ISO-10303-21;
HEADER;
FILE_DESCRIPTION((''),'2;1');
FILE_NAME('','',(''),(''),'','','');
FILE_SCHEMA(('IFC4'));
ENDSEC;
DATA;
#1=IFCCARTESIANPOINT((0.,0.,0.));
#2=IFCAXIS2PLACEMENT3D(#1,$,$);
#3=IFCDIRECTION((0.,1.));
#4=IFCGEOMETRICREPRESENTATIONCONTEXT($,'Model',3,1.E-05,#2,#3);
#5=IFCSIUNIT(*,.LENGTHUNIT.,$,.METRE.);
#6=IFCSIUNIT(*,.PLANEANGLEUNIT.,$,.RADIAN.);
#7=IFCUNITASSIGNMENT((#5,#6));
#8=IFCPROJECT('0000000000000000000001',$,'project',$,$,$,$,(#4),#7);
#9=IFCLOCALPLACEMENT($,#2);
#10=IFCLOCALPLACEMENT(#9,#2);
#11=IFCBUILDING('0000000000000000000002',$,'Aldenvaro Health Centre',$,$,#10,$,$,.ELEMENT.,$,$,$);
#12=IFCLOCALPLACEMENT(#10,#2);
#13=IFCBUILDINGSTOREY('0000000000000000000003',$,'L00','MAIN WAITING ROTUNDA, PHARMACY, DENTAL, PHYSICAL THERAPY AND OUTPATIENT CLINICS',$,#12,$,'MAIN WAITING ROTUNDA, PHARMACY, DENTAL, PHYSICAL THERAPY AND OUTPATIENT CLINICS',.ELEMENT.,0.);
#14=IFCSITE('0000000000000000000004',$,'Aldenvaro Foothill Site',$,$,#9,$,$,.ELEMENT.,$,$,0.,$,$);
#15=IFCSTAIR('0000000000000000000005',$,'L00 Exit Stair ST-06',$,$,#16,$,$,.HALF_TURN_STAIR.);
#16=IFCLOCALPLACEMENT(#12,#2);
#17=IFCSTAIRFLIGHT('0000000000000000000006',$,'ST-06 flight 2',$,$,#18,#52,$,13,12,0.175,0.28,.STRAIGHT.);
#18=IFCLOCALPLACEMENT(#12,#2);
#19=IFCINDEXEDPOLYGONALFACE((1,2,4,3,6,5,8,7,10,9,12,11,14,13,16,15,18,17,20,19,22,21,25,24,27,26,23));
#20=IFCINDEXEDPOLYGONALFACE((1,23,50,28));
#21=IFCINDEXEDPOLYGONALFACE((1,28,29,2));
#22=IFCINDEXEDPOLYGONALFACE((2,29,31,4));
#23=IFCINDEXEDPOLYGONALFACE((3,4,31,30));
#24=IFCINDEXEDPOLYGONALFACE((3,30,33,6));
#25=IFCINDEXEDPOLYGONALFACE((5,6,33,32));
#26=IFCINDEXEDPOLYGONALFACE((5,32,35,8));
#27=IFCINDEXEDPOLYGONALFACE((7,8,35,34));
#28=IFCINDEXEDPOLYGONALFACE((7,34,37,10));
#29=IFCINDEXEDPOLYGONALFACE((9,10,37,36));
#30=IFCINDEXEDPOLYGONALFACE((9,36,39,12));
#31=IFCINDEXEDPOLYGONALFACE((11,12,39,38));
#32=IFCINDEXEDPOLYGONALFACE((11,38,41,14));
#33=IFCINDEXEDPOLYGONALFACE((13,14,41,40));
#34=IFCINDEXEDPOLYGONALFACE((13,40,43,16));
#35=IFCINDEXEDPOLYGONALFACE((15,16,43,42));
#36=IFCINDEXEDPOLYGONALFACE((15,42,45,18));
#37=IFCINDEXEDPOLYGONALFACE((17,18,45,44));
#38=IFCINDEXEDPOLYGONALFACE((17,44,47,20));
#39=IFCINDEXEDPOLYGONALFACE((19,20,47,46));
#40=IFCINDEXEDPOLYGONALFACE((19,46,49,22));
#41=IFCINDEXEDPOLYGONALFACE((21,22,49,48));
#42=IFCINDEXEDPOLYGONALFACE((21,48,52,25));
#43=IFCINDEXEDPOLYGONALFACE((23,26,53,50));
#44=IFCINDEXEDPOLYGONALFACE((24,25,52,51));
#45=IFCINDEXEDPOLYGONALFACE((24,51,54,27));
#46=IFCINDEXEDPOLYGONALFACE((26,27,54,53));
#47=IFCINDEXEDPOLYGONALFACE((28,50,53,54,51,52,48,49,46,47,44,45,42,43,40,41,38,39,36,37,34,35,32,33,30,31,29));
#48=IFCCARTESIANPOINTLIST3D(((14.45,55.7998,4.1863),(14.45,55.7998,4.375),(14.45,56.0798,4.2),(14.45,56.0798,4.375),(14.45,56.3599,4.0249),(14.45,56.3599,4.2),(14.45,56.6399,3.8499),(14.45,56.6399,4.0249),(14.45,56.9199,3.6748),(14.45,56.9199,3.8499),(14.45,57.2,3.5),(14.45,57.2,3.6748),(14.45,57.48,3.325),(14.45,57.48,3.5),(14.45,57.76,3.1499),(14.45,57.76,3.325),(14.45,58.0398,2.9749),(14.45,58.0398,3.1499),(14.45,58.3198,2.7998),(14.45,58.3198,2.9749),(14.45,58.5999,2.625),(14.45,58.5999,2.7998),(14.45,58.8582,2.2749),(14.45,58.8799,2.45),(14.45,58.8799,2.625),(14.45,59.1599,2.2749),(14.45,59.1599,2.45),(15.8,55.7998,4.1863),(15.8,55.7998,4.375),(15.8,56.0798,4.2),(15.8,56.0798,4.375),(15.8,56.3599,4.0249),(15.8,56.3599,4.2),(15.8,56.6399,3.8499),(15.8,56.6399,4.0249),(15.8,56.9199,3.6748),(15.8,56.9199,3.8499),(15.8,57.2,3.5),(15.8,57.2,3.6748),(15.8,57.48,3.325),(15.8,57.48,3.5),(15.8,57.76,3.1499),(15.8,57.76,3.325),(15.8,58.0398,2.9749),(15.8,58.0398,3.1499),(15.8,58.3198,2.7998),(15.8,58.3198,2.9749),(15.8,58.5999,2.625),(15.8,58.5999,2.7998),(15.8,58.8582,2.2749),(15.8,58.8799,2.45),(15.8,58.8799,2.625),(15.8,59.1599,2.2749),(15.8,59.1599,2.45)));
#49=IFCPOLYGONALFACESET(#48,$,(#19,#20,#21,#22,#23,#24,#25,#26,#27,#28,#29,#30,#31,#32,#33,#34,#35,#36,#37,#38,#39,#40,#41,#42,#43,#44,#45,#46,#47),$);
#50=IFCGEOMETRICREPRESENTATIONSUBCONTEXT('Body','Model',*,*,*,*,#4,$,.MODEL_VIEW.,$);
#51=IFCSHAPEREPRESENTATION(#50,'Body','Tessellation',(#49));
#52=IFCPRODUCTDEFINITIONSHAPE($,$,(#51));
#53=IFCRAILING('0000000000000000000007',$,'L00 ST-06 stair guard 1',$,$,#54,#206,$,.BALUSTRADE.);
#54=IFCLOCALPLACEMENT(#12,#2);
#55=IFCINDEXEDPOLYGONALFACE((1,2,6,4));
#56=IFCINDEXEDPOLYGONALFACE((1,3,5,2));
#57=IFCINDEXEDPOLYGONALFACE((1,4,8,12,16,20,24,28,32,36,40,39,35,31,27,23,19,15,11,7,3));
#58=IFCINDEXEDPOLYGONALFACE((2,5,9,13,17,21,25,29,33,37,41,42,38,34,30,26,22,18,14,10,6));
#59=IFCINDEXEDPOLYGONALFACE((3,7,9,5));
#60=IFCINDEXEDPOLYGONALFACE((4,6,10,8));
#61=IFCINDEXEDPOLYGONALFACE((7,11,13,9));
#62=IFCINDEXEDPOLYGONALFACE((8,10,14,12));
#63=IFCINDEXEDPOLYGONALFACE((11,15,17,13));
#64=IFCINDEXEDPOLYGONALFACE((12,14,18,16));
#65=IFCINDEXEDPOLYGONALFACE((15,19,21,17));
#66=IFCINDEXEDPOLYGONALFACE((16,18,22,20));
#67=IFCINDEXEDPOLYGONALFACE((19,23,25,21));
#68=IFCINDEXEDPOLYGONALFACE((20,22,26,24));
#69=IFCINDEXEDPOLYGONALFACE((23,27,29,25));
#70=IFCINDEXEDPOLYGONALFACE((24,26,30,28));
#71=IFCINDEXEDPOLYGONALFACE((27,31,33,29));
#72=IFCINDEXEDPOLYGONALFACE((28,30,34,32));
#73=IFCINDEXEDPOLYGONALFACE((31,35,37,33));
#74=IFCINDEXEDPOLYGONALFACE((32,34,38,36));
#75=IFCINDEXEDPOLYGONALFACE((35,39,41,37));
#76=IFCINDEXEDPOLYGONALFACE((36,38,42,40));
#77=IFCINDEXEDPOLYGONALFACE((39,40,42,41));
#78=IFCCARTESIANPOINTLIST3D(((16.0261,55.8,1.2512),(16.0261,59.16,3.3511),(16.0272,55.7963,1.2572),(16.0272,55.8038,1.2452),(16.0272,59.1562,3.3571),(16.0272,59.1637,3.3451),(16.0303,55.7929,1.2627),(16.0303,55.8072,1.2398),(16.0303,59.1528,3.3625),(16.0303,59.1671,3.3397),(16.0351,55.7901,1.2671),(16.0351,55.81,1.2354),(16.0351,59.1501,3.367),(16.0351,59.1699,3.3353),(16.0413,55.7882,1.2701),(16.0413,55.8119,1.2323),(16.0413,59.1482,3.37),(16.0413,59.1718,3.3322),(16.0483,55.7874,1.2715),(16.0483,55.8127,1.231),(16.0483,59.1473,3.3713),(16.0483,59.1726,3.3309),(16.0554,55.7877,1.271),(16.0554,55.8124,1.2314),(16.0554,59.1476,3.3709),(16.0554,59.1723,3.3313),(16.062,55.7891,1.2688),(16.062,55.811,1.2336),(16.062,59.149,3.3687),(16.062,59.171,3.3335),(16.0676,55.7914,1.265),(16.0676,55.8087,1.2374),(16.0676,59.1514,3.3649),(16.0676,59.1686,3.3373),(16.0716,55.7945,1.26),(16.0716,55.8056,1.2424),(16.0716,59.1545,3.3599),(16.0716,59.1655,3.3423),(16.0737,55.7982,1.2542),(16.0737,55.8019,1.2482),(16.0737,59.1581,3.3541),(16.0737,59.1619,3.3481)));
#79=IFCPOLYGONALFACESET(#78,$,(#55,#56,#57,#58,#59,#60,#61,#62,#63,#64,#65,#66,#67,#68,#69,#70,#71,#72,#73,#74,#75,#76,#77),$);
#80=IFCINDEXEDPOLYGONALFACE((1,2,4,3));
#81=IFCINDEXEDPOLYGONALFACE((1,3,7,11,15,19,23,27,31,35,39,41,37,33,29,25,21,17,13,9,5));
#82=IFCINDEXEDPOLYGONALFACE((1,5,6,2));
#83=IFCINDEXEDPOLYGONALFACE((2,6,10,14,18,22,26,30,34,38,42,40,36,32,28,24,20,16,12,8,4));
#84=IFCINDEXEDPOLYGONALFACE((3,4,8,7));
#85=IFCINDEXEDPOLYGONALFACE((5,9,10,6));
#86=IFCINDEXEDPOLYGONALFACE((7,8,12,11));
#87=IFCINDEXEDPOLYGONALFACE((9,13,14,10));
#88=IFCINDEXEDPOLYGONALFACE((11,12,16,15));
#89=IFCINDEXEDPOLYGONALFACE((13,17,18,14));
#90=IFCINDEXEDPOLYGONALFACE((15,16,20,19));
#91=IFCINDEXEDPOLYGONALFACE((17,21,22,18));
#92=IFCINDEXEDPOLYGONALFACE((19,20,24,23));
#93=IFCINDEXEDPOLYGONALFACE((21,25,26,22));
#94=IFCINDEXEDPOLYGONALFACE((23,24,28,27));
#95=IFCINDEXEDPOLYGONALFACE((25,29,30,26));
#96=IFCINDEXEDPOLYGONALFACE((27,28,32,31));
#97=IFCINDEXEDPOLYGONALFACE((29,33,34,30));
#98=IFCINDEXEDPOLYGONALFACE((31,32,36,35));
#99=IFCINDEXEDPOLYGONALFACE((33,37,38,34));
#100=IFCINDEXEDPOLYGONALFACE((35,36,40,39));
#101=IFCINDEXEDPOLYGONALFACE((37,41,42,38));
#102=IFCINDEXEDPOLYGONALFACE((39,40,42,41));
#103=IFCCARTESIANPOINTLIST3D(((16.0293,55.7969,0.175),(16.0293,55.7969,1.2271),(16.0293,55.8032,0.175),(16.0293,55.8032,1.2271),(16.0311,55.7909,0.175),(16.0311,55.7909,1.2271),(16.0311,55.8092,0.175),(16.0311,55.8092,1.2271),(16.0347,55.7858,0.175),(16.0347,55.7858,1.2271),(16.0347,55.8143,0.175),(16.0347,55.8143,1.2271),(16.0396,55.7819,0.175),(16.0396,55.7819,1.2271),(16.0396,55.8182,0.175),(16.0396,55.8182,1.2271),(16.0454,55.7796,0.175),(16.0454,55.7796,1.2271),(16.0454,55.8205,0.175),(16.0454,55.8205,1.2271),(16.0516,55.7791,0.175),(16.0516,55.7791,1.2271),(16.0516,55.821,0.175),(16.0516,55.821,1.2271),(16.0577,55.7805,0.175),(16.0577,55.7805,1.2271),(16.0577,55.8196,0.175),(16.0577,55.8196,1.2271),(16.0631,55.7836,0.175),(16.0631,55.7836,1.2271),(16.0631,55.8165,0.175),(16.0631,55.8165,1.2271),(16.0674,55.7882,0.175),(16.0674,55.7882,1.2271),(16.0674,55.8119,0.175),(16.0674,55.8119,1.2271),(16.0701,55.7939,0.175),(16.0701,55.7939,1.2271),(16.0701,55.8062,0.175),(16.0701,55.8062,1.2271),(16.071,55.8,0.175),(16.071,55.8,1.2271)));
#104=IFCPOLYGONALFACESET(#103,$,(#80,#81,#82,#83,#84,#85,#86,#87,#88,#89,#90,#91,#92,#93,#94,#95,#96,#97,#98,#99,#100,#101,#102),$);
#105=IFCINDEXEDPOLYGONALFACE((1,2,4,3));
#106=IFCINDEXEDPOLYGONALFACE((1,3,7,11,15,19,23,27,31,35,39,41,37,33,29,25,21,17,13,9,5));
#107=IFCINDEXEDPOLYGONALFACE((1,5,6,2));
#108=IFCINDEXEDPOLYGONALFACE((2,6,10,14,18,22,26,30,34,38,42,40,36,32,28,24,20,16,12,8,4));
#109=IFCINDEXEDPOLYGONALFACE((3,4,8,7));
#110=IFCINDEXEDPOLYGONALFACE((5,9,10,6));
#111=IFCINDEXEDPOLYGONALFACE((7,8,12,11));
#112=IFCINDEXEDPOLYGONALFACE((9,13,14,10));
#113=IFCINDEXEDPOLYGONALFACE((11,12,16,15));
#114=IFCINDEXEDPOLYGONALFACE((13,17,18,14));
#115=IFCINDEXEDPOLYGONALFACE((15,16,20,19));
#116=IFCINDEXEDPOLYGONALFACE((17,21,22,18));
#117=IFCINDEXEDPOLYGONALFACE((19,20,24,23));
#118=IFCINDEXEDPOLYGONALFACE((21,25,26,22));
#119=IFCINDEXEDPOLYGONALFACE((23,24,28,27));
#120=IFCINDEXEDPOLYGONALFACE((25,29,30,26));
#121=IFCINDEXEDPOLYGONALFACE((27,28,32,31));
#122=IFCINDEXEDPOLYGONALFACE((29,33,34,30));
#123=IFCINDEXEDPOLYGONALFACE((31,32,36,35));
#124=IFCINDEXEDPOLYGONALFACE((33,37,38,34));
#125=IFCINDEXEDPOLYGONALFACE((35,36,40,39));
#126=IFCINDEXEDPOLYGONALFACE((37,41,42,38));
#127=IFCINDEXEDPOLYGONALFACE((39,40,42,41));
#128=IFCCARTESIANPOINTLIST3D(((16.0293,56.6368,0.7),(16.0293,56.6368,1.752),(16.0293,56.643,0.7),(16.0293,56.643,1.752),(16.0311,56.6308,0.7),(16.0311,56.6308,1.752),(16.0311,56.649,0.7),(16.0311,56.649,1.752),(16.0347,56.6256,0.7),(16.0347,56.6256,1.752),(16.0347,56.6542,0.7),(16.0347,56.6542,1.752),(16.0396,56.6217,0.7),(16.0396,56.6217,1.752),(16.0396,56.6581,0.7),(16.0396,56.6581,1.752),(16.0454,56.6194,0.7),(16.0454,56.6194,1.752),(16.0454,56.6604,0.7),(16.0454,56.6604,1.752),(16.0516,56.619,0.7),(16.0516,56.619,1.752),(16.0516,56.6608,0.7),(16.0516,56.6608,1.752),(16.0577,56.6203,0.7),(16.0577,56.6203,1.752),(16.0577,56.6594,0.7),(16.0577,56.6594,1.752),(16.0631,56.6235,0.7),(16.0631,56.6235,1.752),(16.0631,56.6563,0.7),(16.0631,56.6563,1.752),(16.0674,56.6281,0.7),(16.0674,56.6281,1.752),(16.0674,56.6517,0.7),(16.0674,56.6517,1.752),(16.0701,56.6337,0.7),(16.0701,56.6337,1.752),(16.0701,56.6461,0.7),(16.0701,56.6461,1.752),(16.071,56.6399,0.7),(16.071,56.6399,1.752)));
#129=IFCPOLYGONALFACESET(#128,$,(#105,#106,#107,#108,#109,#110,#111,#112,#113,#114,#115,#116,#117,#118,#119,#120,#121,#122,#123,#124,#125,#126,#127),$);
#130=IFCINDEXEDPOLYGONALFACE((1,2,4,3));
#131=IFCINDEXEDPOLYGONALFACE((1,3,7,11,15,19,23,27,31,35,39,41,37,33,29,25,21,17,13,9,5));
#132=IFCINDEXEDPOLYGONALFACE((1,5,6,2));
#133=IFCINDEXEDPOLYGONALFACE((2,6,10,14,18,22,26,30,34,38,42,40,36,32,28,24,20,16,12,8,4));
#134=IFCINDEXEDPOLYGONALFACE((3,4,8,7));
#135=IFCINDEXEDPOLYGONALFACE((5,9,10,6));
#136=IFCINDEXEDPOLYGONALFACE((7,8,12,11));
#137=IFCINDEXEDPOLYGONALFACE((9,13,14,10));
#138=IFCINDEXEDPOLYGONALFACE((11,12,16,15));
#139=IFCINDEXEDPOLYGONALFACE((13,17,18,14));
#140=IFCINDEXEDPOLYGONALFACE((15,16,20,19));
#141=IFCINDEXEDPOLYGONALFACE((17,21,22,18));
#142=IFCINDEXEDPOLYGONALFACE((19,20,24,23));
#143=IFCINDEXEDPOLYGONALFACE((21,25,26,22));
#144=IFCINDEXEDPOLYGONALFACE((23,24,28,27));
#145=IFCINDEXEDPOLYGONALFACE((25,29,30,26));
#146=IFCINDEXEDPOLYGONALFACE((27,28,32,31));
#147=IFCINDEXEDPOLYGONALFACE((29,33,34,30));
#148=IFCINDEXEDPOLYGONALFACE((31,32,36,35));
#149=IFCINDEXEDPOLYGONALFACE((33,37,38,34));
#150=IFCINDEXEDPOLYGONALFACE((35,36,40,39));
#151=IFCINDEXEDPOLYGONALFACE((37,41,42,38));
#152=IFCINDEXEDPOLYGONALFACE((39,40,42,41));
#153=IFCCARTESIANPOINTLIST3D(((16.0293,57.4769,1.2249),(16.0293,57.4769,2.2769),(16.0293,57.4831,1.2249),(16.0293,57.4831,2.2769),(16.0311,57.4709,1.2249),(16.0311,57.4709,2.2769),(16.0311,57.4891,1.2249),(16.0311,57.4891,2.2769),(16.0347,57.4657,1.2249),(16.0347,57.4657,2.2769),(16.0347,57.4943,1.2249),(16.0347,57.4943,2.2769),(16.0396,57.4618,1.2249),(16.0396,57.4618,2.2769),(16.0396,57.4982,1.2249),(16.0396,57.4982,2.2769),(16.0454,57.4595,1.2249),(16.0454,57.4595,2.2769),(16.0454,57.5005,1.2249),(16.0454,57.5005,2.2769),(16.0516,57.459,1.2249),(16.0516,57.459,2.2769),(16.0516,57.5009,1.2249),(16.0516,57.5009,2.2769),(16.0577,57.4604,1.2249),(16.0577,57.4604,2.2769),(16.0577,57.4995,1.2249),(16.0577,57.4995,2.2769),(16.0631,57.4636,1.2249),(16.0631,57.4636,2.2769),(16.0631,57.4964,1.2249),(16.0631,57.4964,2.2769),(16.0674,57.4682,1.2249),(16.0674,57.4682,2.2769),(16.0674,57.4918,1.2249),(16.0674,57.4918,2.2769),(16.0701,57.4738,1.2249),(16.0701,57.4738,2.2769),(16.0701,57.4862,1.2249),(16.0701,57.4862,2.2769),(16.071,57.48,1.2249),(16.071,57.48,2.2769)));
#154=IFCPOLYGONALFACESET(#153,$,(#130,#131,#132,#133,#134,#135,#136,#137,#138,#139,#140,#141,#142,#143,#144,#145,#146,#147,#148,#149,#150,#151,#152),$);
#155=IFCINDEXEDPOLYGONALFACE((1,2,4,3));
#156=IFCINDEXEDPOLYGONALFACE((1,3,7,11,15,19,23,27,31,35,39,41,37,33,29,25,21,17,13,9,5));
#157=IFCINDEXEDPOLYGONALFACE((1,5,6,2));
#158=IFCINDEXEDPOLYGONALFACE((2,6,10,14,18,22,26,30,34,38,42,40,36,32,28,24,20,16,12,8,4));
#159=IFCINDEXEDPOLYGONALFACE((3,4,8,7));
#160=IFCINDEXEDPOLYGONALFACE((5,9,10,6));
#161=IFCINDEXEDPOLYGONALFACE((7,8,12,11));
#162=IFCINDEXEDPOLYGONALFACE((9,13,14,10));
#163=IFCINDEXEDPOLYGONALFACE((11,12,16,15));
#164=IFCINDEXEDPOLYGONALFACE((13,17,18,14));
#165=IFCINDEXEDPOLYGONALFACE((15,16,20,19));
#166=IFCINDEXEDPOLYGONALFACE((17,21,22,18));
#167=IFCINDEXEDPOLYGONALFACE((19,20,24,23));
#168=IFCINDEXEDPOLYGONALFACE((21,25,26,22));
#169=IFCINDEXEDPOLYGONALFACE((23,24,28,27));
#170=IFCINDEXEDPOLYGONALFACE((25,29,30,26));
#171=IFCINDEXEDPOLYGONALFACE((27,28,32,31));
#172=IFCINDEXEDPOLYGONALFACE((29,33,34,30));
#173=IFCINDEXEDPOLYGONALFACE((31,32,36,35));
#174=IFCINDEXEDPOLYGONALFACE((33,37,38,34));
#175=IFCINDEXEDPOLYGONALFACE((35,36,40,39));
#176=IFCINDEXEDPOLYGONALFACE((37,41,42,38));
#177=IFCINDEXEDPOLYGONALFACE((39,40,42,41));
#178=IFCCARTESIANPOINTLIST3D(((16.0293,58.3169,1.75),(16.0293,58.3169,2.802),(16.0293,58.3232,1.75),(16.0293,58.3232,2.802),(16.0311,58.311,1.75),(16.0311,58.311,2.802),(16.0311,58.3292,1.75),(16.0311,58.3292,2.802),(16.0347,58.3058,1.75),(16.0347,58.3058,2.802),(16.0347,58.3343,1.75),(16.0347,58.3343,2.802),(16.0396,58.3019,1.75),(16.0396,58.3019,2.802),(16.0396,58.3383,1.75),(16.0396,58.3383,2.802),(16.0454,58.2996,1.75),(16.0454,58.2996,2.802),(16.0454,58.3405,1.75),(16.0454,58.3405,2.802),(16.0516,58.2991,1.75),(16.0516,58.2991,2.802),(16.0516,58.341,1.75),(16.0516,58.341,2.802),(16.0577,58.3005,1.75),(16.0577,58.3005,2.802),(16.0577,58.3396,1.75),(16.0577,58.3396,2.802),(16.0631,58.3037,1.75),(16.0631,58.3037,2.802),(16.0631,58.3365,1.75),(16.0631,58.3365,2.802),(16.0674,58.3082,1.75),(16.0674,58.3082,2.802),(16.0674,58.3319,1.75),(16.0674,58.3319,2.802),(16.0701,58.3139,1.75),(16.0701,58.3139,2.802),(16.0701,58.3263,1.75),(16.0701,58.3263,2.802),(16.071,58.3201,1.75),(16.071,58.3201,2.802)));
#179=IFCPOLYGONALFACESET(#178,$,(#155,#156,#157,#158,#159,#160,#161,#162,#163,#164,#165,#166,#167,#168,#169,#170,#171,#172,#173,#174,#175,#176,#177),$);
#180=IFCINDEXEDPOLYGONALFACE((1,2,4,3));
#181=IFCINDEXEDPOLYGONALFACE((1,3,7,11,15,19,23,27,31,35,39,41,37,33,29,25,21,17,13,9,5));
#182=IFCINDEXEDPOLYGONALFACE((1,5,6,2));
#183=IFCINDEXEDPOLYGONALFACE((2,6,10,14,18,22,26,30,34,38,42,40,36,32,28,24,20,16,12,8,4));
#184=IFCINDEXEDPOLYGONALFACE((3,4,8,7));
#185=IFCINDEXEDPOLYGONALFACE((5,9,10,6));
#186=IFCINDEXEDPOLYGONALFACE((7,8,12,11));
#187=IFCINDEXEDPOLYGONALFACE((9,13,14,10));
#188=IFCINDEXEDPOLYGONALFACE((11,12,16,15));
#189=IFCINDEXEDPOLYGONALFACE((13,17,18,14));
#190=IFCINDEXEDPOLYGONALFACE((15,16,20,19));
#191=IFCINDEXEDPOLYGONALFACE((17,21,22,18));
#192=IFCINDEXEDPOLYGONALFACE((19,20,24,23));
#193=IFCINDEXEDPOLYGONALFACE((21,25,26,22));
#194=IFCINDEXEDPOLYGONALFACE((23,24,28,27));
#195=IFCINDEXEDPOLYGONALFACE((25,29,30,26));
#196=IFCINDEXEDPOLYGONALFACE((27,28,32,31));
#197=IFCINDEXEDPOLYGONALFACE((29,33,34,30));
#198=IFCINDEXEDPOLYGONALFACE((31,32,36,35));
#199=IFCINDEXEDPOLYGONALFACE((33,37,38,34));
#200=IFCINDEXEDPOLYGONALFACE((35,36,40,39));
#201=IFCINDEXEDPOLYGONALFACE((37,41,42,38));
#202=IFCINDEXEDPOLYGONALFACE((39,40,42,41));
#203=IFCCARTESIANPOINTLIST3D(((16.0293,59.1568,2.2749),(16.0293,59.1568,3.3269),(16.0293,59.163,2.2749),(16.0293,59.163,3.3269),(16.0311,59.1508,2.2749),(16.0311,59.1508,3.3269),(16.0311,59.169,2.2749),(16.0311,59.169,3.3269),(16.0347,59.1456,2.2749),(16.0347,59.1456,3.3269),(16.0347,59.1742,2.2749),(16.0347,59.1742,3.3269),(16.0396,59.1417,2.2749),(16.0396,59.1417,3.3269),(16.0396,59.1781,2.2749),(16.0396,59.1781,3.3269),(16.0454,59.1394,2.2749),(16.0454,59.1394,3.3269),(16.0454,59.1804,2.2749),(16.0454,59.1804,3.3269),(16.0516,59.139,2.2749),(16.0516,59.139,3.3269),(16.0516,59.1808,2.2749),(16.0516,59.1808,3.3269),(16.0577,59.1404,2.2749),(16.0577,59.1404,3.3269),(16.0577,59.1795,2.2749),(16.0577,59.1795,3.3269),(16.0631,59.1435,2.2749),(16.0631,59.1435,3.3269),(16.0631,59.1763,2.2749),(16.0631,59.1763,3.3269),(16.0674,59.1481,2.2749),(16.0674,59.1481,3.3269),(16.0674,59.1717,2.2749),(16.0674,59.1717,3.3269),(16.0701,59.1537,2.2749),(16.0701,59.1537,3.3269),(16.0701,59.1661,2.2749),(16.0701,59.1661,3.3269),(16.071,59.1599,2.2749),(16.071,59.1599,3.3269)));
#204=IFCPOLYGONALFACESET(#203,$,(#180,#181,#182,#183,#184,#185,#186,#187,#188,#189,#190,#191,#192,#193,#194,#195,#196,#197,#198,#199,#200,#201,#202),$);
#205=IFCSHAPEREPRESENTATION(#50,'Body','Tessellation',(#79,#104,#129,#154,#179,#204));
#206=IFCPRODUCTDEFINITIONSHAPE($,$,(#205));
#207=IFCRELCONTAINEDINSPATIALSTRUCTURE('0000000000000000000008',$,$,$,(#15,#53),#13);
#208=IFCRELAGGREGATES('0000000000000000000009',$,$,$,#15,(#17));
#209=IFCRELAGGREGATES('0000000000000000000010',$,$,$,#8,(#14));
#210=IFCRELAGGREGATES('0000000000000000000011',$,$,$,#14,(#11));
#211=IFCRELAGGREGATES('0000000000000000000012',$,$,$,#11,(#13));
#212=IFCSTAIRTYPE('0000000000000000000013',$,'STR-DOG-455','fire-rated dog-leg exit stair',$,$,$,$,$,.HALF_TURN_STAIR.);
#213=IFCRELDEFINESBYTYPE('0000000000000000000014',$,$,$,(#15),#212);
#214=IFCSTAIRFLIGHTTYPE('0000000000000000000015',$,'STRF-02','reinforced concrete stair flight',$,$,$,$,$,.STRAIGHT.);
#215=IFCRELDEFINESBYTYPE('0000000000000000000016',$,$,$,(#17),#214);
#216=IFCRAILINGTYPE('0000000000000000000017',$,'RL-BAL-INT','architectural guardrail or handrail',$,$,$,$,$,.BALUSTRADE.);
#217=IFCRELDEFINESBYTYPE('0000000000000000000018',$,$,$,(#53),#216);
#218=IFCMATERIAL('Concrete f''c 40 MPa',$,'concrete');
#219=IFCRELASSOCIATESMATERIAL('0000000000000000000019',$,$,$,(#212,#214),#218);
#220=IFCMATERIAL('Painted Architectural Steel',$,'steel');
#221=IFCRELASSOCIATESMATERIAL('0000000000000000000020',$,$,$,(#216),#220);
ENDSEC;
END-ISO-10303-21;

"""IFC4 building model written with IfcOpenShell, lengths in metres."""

from ifc_helpers import new_model, si_unit, direction, frame, origin, origin_2d, place, context, subcontext, project, spatial, polyline, circle, outline, extrude, material, type_object, element, aggregate, save


model = new_model("IFC4")

# Units and contexts
model_context = context("Model", 3, precision=1e-05, world=origin(), true_north=direction((0.0, 1.0)))
body_context = subcontext(model_context, "Body", "Model", "MODEL_VIEW")
ifc_project = project(units=[si_unit("LENGTHUNIT", "METRE"), si_unit("PLANEANGLEUNIT", "RADIAN")], contexts=[model_context])

# Site, building, storey
site_placement = place(None, origin())
site = spatial("IfcSite", under=ifc_project, at=site_placement, Name="Aldenvaro Foothill Site", CompositionType="ELEMENT", RefElevation=0.0)
building_placement = place(site_placement, origin())
building = spatial("IfcBuilding", under=site, at=building_placement, Name="Aldenvaro Health Centre", CompositionType="ELEMENT")
storey_placement = place(building_placement, origin())
storey = spatial("IfcBuildingStorey", under=building, at=storey_placement, Name="L00", Description="MAIN WAITING ROTUNDA, PHARMACY, DENTAL, PHYSICAL THERAPY AND OUTPATIENT CLINICS", LongName="MAIN WAITING ROTUNDA, PHARMACY, DENTAL, PHYSICAL THERAPY AND OUTPATIENT CLINICS", CompositionType="ELEMENT", Elevation=0.0)

# Shared definitions
ifc_material_1 = material(Name="Concrete f'c 40 MPa", Category="concrete")

# Stair, stair flight
stair_type = type_object("IfcStairType", Name="STR-DOG-455", Description="fire-rated dog-leg exit stair", PredefinedType="HALF_TURN_STAIR", material=ifc_material_1)
stair_placement = place(storey_placement, origin())
stair = element("IfcStair", 1, at=stair_placement, inside=storey, type_object=stair_type, Name="L00 Exit Stair ST-06", PredefinedType="HALF_TURN_STAIR")
stair_flight_type = type_object("IfcStairFlightType", Name="STRF-02", Description="reinforced concrete stair flight", PredefinedType="STRAIGHT", material=ifc_material_1)
stair_flight_1_placement = place(storey_placement, frame((15.125, 59.1599, 2.2749), z_axis=(0.0, 0.0, 1.0), x_axis=(0.0, -1.0, 0.0)))
stair_flight_1 = element("IfcStairFlight", 2, at=stair_flight_1_placement, type_object=stair_flight_type, Name="ST-06 flight 2", NumberOfRisers=13, NumberOfTreads=12, PredefinedType="STRAIGHT", RiserHeight=0.175, TreadLength=0.28, context=body_context, shape_type="SweptSolid", body=[
    extrude(outline(polyline([(0.0, 0.0), (0.0, 0.175), (0.28, 0.175), (0.28, 0.3501), (0.5601, 0.3501), (0.5601, 0.5249), (0.8401, 0.5249), (0.8401, 0.7), (1.1201, 0.7), (1.1201, 0.875), (1.3999, 0.875), (1.3999, 1.05), (1.6799, 1.05), (1.6799, 1.2251), (1.96, 1.2251), (1.96, 1.3999), (2.24, 1.3999), (2.24, 1.575), (2.52, 1.575), (2.52, 1.75), (2.8, 1.75), (2.8, 1.925), (3.0801, 1.925), (3.0801, 2.1001), (3.3601, 2.1001), (3.3601, 2.2749), (3.3601, 1.9114), (0.3018, 0.0), (0.0, 0.0)])), frame((0.0, 0.675, 0.0), z_axis=(0.0, -1.0, 0.0), x_axis=(1.0, 0.0, 0.0)), (0.0, 0.0, 1.0), 1.3501),
])
aggregate(stair, [stair_flight_1])

# Railing
ifc_material_2 = material(Name="Painted Architectural Steel", Category="steel")
railing_type_1 = type_object("IfcRailingType", Name="RL-BAL-INT", Description="architectural guardrail or handrail", PredefinedType="BALUSTRADE", material=ifc_material_2)
railing_1_placement = place(storey_placement, frame((16.05, 55.8, 0.175)))
element("IfcRailing", 3, at=railing_1_placement, inside=storey, type_object=railing_type_1, Name="L00 ST-06 stair guard 1", PredefinedType="BALUSTRADE", context=body_context, shape_type="SweptSolid", body=[
    extrude(circle(Radius=0.0239, at=origin_2d()), frame((0.0, 0.0, 1.0762), z_axis=(0.0, 0.848005, 0.529988), x_axis=(-1.0, 0.0, 0.0)), (0.0, 0.0, 1.0), 3.9622),
    extrude(circle(Radius=0.021, at=origin_2d()), origin(), (0.0, 0.0, 1.0), 1.052),
    extrude(circle(Radius=0.021, at=origin_2d()), frame((0.0, 0.8398, 0.5249)), (0.0, 0.0, 1.0), 1.052),
    extrude(circle(Radius=0.021, at=origin_2d()), frame((0.0, 1.6799, 1.0498)), (0.0, 0.0, 1.0), 1.052),
    extrude(circle(Radius=0.021, at=origin_2d()), frame((0.0, 2.52, 1.575)), (0.0, 0.0, 1.0), 1.052),
    extrude(circle(Radius=0.021, at=origin_2d()), frame((0.0, 3.3599, 2.0999)), (0.0, 0.0, 1.0), 1.052),
])

save(model, "model.ifc")
